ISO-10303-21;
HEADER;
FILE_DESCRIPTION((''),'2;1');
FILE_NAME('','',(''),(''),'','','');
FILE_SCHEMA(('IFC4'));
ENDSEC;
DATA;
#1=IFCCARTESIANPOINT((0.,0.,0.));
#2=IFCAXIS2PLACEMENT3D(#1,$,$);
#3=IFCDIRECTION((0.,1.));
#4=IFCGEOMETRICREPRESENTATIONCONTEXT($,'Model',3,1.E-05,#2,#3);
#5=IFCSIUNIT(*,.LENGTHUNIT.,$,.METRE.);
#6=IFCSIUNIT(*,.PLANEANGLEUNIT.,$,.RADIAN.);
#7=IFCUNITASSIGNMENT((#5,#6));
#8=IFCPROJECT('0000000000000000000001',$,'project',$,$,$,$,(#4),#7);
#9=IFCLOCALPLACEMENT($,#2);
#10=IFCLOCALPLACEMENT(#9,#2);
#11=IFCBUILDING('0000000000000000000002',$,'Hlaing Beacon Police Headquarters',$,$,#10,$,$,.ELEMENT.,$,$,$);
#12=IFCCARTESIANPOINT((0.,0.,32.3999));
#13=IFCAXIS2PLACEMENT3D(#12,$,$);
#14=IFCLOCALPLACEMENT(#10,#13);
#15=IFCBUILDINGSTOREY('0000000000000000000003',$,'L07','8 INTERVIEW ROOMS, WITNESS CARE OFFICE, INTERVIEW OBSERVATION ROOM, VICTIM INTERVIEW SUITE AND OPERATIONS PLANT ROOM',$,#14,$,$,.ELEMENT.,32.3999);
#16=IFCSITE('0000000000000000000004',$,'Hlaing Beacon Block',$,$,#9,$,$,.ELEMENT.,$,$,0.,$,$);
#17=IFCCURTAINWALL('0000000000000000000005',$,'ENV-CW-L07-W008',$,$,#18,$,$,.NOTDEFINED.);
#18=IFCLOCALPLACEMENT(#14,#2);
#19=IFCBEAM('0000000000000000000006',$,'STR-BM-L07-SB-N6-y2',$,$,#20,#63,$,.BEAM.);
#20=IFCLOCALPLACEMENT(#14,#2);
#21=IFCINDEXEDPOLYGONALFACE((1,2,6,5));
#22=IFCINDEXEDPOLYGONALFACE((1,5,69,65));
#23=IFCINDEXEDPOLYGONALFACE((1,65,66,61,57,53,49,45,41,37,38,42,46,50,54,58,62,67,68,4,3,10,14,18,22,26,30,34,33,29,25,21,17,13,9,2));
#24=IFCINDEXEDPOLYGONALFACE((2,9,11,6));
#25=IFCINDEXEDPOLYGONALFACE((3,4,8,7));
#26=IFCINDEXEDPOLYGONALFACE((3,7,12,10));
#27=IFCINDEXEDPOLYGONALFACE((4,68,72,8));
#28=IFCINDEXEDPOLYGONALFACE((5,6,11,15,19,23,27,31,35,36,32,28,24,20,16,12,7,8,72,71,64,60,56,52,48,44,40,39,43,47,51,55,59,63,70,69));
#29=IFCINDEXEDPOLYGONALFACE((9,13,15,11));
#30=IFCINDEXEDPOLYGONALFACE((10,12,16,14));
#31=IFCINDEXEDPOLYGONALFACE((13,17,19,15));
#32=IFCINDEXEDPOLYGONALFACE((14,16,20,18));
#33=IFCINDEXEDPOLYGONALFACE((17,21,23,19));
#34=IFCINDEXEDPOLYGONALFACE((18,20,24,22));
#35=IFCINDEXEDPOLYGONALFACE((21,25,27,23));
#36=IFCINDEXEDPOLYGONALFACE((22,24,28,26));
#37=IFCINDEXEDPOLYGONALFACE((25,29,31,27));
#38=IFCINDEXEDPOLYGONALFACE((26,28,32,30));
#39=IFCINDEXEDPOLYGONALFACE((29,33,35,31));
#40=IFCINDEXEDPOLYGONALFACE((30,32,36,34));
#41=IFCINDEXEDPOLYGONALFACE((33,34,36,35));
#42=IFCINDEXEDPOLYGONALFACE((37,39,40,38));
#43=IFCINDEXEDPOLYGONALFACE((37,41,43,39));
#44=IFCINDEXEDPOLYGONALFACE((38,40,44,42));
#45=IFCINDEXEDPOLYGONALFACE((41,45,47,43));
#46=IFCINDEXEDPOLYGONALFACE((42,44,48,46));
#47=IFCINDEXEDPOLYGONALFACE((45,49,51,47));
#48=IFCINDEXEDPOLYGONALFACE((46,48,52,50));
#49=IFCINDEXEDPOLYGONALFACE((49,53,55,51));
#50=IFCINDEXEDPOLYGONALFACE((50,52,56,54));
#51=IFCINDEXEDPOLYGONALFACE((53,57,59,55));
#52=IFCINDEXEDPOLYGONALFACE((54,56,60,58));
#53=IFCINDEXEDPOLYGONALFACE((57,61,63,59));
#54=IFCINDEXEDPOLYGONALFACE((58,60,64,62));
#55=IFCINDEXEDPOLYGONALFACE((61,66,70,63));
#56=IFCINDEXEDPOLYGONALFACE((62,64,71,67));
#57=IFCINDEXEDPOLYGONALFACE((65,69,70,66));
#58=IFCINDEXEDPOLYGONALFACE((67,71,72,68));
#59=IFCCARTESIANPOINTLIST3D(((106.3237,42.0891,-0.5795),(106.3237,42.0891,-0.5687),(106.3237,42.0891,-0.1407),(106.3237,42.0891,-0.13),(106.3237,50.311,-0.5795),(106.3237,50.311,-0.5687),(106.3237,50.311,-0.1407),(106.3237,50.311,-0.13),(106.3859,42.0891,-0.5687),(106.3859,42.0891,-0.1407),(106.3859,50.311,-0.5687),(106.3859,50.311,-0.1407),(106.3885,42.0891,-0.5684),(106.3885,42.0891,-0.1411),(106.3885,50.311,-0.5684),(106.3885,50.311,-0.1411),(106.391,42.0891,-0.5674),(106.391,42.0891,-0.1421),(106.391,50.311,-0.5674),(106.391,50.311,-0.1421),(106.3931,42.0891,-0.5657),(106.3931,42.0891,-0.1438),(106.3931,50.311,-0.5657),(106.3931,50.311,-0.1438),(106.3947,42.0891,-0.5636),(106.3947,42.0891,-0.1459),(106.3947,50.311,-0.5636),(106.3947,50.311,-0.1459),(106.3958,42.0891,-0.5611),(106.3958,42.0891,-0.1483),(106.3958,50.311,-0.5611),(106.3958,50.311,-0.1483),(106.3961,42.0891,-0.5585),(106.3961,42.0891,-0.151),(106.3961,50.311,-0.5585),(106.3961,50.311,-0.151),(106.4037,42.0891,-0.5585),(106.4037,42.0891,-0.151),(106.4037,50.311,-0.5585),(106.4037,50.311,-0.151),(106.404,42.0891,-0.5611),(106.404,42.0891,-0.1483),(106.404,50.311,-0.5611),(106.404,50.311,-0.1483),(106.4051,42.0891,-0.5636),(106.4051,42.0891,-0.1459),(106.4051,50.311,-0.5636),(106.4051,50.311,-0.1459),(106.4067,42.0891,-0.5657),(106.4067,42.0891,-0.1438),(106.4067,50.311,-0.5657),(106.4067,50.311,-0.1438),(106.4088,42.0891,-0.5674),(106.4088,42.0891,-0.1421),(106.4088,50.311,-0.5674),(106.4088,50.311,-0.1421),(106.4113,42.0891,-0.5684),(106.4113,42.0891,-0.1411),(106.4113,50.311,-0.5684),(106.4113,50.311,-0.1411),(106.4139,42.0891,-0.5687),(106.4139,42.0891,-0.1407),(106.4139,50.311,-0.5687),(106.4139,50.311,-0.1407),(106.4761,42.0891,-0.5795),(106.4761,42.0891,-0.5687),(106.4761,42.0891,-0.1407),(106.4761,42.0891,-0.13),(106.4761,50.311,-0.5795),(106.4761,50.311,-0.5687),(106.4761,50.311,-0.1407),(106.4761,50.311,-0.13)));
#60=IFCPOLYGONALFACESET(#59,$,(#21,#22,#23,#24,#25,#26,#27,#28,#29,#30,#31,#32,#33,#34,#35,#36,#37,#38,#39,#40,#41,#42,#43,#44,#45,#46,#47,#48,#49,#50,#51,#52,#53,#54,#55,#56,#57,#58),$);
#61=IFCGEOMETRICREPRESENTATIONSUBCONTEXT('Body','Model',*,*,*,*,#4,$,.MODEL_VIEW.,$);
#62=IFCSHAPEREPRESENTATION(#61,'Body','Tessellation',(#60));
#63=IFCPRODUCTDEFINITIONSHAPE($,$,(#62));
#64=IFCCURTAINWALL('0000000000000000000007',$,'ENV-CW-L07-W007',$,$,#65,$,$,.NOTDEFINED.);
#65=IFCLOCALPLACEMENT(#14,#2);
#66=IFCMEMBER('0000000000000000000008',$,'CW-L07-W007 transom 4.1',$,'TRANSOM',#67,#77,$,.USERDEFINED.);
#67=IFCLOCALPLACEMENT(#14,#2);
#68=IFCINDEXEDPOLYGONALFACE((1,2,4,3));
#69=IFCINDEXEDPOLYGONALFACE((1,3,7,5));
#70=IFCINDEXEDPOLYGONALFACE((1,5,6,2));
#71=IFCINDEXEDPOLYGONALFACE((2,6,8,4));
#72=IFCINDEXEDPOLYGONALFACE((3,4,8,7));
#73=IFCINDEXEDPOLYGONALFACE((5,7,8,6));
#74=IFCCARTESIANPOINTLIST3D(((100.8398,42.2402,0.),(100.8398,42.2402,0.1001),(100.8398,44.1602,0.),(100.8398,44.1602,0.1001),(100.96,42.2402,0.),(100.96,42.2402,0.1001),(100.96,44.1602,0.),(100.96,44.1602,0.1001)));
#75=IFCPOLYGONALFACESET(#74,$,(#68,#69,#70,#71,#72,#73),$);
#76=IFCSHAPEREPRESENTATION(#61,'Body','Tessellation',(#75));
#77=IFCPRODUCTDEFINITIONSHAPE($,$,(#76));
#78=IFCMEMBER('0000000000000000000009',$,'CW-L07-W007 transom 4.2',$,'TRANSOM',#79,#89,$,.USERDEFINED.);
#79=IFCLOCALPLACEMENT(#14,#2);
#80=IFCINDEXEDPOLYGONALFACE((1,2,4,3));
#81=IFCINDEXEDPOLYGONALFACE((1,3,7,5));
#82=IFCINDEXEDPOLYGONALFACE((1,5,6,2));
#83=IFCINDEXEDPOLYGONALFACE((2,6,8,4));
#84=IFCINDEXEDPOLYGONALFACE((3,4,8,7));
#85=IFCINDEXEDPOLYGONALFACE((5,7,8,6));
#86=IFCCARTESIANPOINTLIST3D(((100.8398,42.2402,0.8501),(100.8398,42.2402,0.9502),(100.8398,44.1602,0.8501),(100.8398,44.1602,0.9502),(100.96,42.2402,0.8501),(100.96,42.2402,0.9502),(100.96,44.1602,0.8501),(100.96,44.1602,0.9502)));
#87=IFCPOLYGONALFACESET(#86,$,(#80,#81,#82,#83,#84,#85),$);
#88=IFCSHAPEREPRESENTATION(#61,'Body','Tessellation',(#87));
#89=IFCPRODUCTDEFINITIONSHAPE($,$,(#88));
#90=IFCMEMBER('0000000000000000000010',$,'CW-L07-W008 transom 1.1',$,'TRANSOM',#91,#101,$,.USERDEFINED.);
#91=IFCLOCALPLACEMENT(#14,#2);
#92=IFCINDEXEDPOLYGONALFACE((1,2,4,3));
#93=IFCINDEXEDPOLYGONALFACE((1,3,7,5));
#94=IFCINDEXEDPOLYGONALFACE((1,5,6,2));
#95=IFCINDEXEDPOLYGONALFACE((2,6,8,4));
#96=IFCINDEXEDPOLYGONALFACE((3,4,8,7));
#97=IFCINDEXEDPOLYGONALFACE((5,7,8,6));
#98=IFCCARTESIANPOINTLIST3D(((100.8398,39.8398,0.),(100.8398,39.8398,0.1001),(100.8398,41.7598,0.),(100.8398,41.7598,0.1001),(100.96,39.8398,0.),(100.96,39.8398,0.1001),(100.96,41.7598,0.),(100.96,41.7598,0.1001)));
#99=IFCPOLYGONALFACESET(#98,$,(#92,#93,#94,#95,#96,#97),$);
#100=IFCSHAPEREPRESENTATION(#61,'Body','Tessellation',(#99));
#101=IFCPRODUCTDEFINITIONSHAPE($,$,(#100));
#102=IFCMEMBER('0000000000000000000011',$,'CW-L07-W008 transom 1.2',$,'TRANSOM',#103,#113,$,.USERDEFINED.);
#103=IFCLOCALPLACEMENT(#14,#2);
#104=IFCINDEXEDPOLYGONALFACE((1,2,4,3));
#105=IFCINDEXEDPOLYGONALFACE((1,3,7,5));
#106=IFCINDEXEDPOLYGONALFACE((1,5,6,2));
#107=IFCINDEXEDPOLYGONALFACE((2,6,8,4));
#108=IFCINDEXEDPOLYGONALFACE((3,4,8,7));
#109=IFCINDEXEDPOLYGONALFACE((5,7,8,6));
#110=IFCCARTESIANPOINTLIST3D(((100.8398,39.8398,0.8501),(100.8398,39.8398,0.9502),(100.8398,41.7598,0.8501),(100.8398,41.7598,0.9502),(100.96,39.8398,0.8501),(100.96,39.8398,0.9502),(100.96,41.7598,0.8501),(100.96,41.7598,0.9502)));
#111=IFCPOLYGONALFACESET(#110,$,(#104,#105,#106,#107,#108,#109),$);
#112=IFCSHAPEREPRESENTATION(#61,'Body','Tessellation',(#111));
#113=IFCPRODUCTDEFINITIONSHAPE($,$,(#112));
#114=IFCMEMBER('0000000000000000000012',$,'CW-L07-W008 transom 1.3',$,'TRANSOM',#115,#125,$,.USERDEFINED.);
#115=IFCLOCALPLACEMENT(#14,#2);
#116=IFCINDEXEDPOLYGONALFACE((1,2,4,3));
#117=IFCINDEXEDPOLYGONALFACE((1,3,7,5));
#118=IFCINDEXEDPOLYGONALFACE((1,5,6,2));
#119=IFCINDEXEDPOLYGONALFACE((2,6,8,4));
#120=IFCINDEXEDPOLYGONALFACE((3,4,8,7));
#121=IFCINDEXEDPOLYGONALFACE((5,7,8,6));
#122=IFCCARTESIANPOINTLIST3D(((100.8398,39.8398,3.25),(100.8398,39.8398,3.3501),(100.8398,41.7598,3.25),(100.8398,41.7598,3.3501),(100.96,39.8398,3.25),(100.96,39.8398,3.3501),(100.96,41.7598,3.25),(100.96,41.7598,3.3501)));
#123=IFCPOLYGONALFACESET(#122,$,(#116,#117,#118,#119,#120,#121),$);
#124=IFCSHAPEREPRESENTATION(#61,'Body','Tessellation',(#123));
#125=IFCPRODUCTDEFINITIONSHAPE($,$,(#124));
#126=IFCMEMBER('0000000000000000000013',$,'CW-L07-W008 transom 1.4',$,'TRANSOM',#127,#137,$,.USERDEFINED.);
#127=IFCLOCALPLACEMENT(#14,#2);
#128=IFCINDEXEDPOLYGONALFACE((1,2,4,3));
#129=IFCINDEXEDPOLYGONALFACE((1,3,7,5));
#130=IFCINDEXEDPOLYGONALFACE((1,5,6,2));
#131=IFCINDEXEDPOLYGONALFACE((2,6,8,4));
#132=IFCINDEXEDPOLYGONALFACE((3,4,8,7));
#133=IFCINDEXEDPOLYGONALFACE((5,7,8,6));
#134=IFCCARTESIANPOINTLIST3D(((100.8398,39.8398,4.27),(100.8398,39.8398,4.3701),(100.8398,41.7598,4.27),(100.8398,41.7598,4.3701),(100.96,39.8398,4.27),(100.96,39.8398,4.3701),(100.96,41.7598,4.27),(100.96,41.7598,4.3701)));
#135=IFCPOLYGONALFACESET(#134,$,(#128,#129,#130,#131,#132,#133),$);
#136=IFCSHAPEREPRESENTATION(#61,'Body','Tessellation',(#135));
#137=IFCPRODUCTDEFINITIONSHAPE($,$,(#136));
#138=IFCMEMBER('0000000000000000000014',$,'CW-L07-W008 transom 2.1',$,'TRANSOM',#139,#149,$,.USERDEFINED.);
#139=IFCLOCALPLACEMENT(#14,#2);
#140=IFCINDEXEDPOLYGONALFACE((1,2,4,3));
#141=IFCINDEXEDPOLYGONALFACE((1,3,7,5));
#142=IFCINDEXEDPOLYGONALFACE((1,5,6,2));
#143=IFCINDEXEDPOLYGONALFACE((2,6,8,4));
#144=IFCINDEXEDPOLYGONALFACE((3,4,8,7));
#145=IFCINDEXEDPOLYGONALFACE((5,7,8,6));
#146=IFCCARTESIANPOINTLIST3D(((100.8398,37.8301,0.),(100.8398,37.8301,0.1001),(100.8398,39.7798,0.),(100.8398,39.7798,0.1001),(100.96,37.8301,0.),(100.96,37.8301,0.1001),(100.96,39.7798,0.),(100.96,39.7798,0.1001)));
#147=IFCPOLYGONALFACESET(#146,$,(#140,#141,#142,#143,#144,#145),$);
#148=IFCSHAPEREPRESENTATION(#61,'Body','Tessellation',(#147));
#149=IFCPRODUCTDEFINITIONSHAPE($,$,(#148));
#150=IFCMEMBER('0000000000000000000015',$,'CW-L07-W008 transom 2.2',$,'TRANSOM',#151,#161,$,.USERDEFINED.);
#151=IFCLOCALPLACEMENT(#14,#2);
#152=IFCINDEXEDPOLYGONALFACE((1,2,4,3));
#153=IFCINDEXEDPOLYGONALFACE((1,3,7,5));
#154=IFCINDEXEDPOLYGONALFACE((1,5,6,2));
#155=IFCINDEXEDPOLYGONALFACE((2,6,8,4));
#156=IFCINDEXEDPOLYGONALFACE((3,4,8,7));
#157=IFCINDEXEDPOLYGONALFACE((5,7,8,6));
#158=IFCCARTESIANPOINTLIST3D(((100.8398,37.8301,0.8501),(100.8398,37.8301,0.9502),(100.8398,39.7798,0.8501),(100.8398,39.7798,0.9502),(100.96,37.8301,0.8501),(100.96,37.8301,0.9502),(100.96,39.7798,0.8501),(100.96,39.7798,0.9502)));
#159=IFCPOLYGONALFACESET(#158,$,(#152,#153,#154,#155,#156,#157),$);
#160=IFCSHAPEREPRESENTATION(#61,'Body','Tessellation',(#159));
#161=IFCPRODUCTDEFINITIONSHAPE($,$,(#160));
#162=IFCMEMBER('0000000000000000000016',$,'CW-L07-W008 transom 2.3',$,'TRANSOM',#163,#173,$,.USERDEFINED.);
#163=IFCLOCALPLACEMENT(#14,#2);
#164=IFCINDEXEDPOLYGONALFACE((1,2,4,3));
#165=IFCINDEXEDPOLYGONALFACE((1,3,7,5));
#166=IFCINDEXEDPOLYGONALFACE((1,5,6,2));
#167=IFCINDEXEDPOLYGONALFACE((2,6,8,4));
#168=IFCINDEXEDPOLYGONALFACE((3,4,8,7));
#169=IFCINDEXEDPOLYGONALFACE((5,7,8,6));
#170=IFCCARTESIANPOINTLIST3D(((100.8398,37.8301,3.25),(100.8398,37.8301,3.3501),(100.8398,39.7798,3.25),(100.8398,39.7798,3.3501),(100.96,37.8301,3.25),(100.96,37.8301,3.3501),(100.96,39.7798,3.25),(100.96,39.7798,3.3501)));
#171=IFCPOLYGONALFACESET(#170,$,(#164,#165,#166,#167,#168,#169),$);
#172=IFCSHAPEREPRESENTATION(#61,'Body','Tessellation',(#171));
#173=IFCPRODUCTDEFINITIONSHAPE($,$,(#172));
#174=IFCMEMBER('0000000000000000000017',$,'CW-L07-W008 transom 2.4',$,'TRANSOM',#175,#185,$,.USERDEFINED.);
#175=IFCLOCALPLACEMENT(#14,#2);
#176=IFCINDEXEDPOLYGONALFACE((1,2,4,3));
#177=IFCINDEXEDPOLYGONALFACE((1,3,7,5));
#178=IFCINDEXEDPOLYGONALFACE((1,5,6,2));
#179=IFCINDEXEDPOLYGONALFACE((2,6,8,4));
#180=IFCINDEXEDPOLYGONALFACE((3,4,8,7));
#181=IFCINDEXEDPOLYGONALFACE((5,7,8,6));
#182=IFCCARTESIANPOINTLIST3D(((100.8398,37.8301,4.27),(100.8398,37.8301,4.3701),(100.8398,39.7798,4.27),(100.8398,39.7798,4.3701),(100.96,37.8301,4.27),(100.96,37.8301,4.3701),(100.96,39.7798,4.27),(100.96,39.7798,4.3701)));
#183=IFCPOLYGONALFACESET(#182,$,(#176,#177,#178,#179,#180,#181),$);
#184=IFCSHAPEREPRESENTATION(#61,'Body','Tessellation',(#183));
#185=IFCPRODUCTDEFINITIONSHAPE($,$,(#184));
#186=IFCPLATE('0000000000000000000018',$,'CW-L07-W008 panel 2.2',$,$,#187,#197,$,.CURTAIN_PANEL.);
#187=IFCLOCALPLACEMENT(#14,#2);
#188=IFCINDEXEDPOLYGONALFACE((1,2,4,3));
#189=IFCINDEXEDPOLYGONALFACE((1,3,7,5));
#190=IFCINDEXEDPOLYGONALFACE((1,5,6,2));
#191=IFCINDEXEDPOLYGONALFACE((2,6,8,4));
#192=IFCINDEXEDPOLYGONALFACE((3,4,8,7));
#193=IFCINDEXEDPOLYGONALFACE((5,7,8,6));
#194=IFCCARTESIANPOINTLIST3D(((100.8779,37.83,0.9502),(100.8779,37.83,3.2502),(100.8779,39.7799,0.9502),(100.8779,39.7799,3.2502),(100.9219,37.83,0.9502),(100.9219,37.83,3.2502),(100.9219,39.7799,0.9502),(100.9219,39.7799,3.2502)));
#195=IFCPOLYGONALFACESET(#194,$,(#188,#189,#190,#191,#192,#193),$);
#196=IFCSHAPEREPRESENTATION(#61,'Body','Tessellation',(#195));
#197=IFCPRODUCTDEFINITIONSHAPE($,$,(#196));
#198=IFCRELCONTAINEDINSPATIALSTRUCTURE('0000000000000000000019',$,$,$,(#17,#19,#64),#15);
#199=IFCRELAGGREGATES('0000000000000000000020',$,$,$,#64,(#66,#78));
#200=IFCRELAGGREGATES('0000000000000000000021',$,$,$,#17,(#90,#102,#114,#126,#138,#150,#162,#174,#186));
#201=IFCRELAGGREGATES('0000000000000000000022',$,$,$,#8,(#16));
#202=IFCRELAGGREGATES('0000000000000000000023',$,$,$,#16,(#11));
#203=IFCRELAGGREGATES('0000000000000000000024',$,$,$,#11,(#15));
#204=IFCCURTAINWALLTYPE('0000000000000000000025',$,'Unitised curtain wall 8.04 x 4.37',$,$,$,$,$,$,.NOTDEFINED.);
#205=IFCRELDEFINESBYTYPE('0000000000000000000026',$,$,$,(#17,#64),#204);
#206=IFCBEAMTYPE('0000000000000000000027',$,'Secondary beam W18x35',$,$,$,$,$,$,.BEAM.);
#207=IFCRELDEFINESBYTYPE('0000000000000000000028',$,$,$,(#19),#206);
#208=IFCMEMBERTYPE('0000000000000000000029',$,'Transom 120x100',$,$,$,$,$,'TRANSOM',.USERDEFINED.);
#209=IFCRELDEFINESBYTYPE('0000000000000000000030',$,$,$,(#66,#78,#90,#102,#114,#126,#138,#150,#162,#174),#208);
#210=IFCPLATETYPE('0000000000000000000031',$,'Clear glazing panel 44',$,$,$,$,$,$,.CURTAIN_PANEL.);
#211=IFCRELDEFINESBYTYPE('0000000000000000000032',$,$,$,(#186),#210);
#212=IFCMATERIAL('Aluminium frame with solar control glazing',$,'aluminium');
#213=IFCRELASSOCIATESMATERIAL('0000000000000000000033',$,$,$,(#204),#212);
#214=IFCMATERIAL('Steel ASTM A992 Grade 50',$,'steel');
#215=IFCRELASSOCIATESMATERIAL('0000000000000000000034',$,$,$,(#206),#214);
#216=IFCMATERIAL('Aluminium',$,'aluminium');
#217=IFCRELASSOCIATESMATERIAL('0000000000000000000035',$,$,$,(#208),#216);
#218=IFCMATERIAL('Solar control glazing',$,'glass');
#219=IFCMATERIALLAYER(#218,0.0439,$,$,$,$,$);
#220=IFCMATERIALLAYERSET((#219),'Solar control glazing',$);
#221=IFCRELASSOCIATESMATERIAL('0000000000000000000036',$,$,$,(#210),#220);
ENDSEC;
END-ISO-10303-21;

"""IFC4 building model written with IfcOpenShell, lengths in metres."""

from ifc_helpers import new_model, si_unit, direction, frame, origin, origin_2d, place, context, subcontext, project, spatial, rectangle, i_section, extrude, material, layer, layer_set, material_profile, profile_set, type_object, element, aggregate, save


model = new_model("IFC4")

# Units and contexts
model_context = context("Model", 3, precision=1e-05, world=origin(), true_north=direction((0.0, 1.0)))
body_context = subcontext(model_context, "Body", "Model", "MODEL_VIEW")
ifc_project = project(units=[si_unit("LENGTHUNIT", "METRE"), si_unit("PLANEANGLEUNIT", "RADIAN")], contexts=[model_context])

# Site, building, storey
site_placement = place(None, origin())
site = spatial("IfcSite", under=ifc_project, at=site_placement, Name="Hlaing Beacon Block", CompositionType="ELEMENT", RefElevation=0.0)
building_placement = place(site_placement, origin())
building = spatial("IfcBuilding", under=site, at=building_placement, Name="Hlaing Beacon Police Headquarters", CompositionType="ELEMENT")
storey_placement = place(building_placement, frame((0.0, 0.0, 32.3999)))
storey = spatial("IfcBuildingStorey", under=building, at=storey_placement, Name="L07", Description="8 INTERVIEW ROOMS, WITNESS CARE OFFICE, INTERVIEW OBSERVATION ROOM, VICTIM INTERVIEW SUITE AND OPERATIONS PLANT ROOM", CompositionType="ELEMENT", Elevation=32.3999)

# Curtain wall
ifc_material_1 = material(Name="Aluminium frame with solar control glazing", Category="aluminium")
curtain_wall_type = type_object("IfcCurtainWallType", Name="Unitised curtain wall 8.04 x 4.37", PredefinedType="NOTDEFINED", material=ifc_material_1)
curtain_wall_1_placement = place(storey_placement, origin())
curtain_wall_1 = element("IfcCurtainWall", 1, at=curtain_wall_1_placement, inside=storey, type_object=curtain_wall_type, Name="ENV-CW-L07-W008", PredefinedType="NOTDEFINED")

# Beam
ifc_material_2 = material(Name="Steel ASTM A992 Grade 50", Category="steel")
ifc_material_profile_1 = material_profile(ifc_material_2, i_section(OverallWidth=0.1523, OverallDepth=0.4495, WebThickness=0.0076, FlangeThickness=0.0107, FilletRadius=0.0103, at=origin_2d()), Name="W18x35")
ifc_profile_set_1 = profile_set([ifc_material_profile_1], Name="Steel ASTM A992 Grade 50")
beam_type_1 = type_object("IfcBeamType", Name="Secondary beam W18x35", PredefinedType="BEAM", material=ifc_profile_set_1)
for number, where, z_axis, x_axis, name in (
    (2, (106.3999, 42.0891, -0.3547), (0.0, 1.0, 0.0), (-1.0, 0.0, 0.0), "STR-BM-L07-SB-N6-y2"),
):
    element("IfcBeam", number, at=place(storey_placement, frame(where, z_axis=z_axis, x_axis=x_axis)), inside=storey, type_object=beam_type_1, Name=name, PredefinedType="BEAM", context=body_context, shape_type="SweptSolid", body=[
        extrude(i_section(OverallWidth=0.1523, OverallDepth=0.4495, WebThickness=0.0076, FlangeThickness=0.0107, FilletRadius=0.0103, at=origin_2d()), origin(), (0.0, 0.0, 1.0), 8.2219),
    ])

# Curtain wall, members
curtain_wall_2_placement = place(storey_placement, origin())
curtain_wall_2 = element("IfcCurtainWall", 3, at=curtain_wall_2_placement, inside=storey, type_object=curtain_wall_type, Name="ENV-CW-L07-W007", PredefinedType="NOTDEFINED")
ifc_material_3 = material(Name="Aluminium", Category="aluminium")
ifc_material_profile_2 = material_profile(ifc_material_3, rectangle(XDim=0.1201, YDim=0.1001, at=origin_2d()), Name="Transom 120x100")
ifc_profile_set_2 = profile_set([ifc_material_profile_2], Name="Aluminium")
member_type_1 = type_object("IfcMemberType", Name="Transom 120x100", ElementType="TRANSOM", PredefinedType="USERDEFINED", material=ifc_profile_set_2)
member_1_placement = place(storey_placement, frame((100.8999, 44.1602, 0.05), z_axis=(0.0, -1.0, 0.0), x_axis=(1.0, 0.0, 0.0)))
member_1 = element("IfcMember", 4, at=member_1_placement, type_object=member_type_1, Name="CW-L07-W007 transom 4.1", ObjectType="TRANSOM", PredefinedType="USERDEFINED", context=body_context, shape_type="SweptSolid", body=[
    extrude(rectangle(XDim=0.1201, YDim=0.1001, at=origin_2d()), origin(), (0.0, 0.0, 1.0), 1.9199),
])
member_2_placement = place(storey_placement, frame((100.8999, 44.1602, 0.9001), z_axis=(0.0, -1.0, 0.0), x_axis=(1.0, 0.0, 0.0)))
member_2 = element("IfcMember", 5, at=member_2_placement, type_object=member_type_1, Name="CW-L07-W007 transom 4.2", ObjectType="TRANSOM", PredefinedType="USERDEFINED", context=body_context, shape_type="SweptSolid", body=[
    extrude(rectangle(XDim=0.1201, YDim=0.1001, at=origin_2d()), origin(), (0.0, 0.0, 1.0), 1.9199),
])
aggregate(curtain_wall_2, [member_1, member_2])

# Members
member_3_placement = place(storey_placement, frame((100.8999, 41.7598, 0.05), z_axis=(0.0, -1.0, 0.0), x_axis=(1.0, 0.0, 0.0)))
member_3 = element("IfcMember", 6, at=member_3_placement, type_object=member_type_1, Name="CW-L07-W008 transom 1.1", ObjectType="TRANSOM", PredefinedType="USERDEFINED", context=body_context, shape_type="SweptSolid", body=[
    extrude(rectangle(XDim=0.1201, YDim=0.1001, at=origin_2d()), origin(), (0.0, 0.0, 1.0), 1.9199),
])
member_4_placement = place(storey_placement, frame((100.8999, 41.7598, 0.9001), z_axis=(0.0, -1.0, 0.0), x_axis=(1.0, 0.0, 0.0)))
member_4 = element("IfcMember", 7, at=member_4_placement, type_object=member_type_1, Name="CW-L07-W008 transom 1.2", ObjectType="TRANSOM", PredefinedType="USERDEFINED", context=body_context, shape_type="SweptSolid", body=[
    extrude(rectangle(XDim=0.1201, YDim=0.1001, at=origin_2d()), origin(), (0.0, 0.0, 1.0), 1.9199),
])
member_5_placement = place(storey_placement, frame((100.8999, 41.7598, 3.3), z_axis=(0.0, -1.0, 0.0), x_axis=(1.0, 0.0, 0.0)))
member_5 = element("IfcMember", 8, at=member_5_placement, type_object=member_type_1, Name="CW-L07-W008 transom 1.3", ObjectType="TRANSOM", PredefinedType="USERDEFINED", context=body_context, shape_type="SweptSolid", body=[
    extrude(rectangle(XDim=0.1201, YDim=0.1001, at=origin_2d()), origin(), (0.0, 0.0, 1.0), 1.9199),
])
member_6_placement = place(storey_placement, frame((100.8999, 41.7598, 4.3201), z_axis=(0.0, -1.0, 0.0), x_axis=(1.0, 0.0, 0.0)))
member_6 = element("IfcMember", 9, at=member_6_placement, type_object=member_type_1, Name="CW-L07-W008 transom 1.4", ObjectType="TRANSOM", PredefinedType="USERDEFINED", context=body_context, shape_type="SweptSolid", body=[
    extrude(rectangle(XDim=0.1201, YDim=0.1001, at=origin_2d()), origin(), (0.0, 0.0, 1.0), 1.9199),
])
member_7_placement = place(storey_placement, frame((100.8999, 39.7798, 0.05), z_axis=(0.0, -1.0, 0.0), x_axis=(1.0, 0.0, 0.0)))
member_7 = element("IfcMember", 10, at=member_7_placement, type_object=member_type_1, Name="CW-L07-W008 transom 2.1", ObjectType="TRANSOM", PredefinedType="USERDEFINED", context=body_context, shape_type="SweptSolid", body=[
    extrude(rectangle(XDim=0.1201, YDim=0.1001, at=origin_2d()), origin(), (0.0, 0.0, 1.0), 1.9497),
])
member_8_placement = place(storey_placement, frame((100.8999, 39.7798, 0.9001), z_axis=(0.0, -1.0, 0.0), x_axis=(1.0, 0.0, 0.0)))
member_8 = element("IfcMember", 11, at=member_8_placement, type_object=member_type_1, Name="CW-L07-W008 transom 2.2", ObjectType="TRANSOM", PredefinedType="USERDEFINED", context=body_context, shape_type="SweptSolid", body=[
    extrude(rectangle(XDim=0.1201, YDim=0.1001, at=origin_2d()), origin(), (0.0, 0.0, 1.0), 1.9497),
])
member_9_placement = place(storey_placement, frame((100.8999, 39.7798, 3.3), z_axis=(0.0, -1.0, 0.0), x_axis=(1.0, 0.0, 0.0)))
member_9 = element("IfcMember", 12, at=member_9_placement, type_object=member_type_1, Name="CW-L07-W008 transom 2.3", ObjectType="TRANSOM", PredefinedType="USERDEFINED", context=body_context, shape_type="SweptSolid", body=[
    extrude(rectangle(XDim=0.1201, YDim=0.1001, at=origin_2d()), origin(), (0.0, 0.0, 1.0), 1.9497),
])
member_10_placement = place(storey_placement, frame((100.8999, 39.7798, 4.3201), z_axis=(0.0, -1.0, 0.0), x_axis=(1.0, 0.0, 0.0)))
member_10 = element("IfcMember", 13, at=member_10_placement, type_object=member_type_1, Name="CW-L07-W008 transom 2.4", ObjectType="TRANSOM", PredefinedType="USERDEFINED", context=body_context, shape_type="SweptSolid", body=[
    extrude(rectangle(XDim=0.1201, YDim=0.1001, at=origin_2d()), origin(), (0.0, 0.0, 1.0), 1.9497),
])

# Plate
ifc_material_4 = material(Name="Solar control glazing", Category="glass")
ifc_layer_1 = layer(ifc_material_4, 0.0439)
ifc_layer_set_1 = layer_set([ifc_layer_1], Name="Solar control glazing")
plate_type_1 = type_object("IfcPlateType", Name="Clear glazing panel 44", PredefinedType="CURTAIN_PANEL", material=ifc_layer_set_1)
plate_1_placement = place(storey_placement, frame((100.8999, 38.8049, 0.9502), z_axis=(0.0, 0.0, 1.0), x_axis=(0.0, -1.0, 0.0)))
plate_1 = element("IfcPlate", 14, at=plate_1_placement, type_object=plate_type_1, Name="CW-L07-W008 panel 2.2", PredefinedType="CURTAIN_PANEL", context=body_context, shape_type="SweptSolid", body=[
    extrude(rectangle(XDim=1.95, YDim=0.0439, at=origin_2d()), origin(), (0.0, 0.0, 1.0), 2.3),
])
aggregate(curtain_wall_1, [member_3, member_4, member_5, member_6, member_7, member_8, member_9, member_10, plate_1])

save(model, "model.ifc")
